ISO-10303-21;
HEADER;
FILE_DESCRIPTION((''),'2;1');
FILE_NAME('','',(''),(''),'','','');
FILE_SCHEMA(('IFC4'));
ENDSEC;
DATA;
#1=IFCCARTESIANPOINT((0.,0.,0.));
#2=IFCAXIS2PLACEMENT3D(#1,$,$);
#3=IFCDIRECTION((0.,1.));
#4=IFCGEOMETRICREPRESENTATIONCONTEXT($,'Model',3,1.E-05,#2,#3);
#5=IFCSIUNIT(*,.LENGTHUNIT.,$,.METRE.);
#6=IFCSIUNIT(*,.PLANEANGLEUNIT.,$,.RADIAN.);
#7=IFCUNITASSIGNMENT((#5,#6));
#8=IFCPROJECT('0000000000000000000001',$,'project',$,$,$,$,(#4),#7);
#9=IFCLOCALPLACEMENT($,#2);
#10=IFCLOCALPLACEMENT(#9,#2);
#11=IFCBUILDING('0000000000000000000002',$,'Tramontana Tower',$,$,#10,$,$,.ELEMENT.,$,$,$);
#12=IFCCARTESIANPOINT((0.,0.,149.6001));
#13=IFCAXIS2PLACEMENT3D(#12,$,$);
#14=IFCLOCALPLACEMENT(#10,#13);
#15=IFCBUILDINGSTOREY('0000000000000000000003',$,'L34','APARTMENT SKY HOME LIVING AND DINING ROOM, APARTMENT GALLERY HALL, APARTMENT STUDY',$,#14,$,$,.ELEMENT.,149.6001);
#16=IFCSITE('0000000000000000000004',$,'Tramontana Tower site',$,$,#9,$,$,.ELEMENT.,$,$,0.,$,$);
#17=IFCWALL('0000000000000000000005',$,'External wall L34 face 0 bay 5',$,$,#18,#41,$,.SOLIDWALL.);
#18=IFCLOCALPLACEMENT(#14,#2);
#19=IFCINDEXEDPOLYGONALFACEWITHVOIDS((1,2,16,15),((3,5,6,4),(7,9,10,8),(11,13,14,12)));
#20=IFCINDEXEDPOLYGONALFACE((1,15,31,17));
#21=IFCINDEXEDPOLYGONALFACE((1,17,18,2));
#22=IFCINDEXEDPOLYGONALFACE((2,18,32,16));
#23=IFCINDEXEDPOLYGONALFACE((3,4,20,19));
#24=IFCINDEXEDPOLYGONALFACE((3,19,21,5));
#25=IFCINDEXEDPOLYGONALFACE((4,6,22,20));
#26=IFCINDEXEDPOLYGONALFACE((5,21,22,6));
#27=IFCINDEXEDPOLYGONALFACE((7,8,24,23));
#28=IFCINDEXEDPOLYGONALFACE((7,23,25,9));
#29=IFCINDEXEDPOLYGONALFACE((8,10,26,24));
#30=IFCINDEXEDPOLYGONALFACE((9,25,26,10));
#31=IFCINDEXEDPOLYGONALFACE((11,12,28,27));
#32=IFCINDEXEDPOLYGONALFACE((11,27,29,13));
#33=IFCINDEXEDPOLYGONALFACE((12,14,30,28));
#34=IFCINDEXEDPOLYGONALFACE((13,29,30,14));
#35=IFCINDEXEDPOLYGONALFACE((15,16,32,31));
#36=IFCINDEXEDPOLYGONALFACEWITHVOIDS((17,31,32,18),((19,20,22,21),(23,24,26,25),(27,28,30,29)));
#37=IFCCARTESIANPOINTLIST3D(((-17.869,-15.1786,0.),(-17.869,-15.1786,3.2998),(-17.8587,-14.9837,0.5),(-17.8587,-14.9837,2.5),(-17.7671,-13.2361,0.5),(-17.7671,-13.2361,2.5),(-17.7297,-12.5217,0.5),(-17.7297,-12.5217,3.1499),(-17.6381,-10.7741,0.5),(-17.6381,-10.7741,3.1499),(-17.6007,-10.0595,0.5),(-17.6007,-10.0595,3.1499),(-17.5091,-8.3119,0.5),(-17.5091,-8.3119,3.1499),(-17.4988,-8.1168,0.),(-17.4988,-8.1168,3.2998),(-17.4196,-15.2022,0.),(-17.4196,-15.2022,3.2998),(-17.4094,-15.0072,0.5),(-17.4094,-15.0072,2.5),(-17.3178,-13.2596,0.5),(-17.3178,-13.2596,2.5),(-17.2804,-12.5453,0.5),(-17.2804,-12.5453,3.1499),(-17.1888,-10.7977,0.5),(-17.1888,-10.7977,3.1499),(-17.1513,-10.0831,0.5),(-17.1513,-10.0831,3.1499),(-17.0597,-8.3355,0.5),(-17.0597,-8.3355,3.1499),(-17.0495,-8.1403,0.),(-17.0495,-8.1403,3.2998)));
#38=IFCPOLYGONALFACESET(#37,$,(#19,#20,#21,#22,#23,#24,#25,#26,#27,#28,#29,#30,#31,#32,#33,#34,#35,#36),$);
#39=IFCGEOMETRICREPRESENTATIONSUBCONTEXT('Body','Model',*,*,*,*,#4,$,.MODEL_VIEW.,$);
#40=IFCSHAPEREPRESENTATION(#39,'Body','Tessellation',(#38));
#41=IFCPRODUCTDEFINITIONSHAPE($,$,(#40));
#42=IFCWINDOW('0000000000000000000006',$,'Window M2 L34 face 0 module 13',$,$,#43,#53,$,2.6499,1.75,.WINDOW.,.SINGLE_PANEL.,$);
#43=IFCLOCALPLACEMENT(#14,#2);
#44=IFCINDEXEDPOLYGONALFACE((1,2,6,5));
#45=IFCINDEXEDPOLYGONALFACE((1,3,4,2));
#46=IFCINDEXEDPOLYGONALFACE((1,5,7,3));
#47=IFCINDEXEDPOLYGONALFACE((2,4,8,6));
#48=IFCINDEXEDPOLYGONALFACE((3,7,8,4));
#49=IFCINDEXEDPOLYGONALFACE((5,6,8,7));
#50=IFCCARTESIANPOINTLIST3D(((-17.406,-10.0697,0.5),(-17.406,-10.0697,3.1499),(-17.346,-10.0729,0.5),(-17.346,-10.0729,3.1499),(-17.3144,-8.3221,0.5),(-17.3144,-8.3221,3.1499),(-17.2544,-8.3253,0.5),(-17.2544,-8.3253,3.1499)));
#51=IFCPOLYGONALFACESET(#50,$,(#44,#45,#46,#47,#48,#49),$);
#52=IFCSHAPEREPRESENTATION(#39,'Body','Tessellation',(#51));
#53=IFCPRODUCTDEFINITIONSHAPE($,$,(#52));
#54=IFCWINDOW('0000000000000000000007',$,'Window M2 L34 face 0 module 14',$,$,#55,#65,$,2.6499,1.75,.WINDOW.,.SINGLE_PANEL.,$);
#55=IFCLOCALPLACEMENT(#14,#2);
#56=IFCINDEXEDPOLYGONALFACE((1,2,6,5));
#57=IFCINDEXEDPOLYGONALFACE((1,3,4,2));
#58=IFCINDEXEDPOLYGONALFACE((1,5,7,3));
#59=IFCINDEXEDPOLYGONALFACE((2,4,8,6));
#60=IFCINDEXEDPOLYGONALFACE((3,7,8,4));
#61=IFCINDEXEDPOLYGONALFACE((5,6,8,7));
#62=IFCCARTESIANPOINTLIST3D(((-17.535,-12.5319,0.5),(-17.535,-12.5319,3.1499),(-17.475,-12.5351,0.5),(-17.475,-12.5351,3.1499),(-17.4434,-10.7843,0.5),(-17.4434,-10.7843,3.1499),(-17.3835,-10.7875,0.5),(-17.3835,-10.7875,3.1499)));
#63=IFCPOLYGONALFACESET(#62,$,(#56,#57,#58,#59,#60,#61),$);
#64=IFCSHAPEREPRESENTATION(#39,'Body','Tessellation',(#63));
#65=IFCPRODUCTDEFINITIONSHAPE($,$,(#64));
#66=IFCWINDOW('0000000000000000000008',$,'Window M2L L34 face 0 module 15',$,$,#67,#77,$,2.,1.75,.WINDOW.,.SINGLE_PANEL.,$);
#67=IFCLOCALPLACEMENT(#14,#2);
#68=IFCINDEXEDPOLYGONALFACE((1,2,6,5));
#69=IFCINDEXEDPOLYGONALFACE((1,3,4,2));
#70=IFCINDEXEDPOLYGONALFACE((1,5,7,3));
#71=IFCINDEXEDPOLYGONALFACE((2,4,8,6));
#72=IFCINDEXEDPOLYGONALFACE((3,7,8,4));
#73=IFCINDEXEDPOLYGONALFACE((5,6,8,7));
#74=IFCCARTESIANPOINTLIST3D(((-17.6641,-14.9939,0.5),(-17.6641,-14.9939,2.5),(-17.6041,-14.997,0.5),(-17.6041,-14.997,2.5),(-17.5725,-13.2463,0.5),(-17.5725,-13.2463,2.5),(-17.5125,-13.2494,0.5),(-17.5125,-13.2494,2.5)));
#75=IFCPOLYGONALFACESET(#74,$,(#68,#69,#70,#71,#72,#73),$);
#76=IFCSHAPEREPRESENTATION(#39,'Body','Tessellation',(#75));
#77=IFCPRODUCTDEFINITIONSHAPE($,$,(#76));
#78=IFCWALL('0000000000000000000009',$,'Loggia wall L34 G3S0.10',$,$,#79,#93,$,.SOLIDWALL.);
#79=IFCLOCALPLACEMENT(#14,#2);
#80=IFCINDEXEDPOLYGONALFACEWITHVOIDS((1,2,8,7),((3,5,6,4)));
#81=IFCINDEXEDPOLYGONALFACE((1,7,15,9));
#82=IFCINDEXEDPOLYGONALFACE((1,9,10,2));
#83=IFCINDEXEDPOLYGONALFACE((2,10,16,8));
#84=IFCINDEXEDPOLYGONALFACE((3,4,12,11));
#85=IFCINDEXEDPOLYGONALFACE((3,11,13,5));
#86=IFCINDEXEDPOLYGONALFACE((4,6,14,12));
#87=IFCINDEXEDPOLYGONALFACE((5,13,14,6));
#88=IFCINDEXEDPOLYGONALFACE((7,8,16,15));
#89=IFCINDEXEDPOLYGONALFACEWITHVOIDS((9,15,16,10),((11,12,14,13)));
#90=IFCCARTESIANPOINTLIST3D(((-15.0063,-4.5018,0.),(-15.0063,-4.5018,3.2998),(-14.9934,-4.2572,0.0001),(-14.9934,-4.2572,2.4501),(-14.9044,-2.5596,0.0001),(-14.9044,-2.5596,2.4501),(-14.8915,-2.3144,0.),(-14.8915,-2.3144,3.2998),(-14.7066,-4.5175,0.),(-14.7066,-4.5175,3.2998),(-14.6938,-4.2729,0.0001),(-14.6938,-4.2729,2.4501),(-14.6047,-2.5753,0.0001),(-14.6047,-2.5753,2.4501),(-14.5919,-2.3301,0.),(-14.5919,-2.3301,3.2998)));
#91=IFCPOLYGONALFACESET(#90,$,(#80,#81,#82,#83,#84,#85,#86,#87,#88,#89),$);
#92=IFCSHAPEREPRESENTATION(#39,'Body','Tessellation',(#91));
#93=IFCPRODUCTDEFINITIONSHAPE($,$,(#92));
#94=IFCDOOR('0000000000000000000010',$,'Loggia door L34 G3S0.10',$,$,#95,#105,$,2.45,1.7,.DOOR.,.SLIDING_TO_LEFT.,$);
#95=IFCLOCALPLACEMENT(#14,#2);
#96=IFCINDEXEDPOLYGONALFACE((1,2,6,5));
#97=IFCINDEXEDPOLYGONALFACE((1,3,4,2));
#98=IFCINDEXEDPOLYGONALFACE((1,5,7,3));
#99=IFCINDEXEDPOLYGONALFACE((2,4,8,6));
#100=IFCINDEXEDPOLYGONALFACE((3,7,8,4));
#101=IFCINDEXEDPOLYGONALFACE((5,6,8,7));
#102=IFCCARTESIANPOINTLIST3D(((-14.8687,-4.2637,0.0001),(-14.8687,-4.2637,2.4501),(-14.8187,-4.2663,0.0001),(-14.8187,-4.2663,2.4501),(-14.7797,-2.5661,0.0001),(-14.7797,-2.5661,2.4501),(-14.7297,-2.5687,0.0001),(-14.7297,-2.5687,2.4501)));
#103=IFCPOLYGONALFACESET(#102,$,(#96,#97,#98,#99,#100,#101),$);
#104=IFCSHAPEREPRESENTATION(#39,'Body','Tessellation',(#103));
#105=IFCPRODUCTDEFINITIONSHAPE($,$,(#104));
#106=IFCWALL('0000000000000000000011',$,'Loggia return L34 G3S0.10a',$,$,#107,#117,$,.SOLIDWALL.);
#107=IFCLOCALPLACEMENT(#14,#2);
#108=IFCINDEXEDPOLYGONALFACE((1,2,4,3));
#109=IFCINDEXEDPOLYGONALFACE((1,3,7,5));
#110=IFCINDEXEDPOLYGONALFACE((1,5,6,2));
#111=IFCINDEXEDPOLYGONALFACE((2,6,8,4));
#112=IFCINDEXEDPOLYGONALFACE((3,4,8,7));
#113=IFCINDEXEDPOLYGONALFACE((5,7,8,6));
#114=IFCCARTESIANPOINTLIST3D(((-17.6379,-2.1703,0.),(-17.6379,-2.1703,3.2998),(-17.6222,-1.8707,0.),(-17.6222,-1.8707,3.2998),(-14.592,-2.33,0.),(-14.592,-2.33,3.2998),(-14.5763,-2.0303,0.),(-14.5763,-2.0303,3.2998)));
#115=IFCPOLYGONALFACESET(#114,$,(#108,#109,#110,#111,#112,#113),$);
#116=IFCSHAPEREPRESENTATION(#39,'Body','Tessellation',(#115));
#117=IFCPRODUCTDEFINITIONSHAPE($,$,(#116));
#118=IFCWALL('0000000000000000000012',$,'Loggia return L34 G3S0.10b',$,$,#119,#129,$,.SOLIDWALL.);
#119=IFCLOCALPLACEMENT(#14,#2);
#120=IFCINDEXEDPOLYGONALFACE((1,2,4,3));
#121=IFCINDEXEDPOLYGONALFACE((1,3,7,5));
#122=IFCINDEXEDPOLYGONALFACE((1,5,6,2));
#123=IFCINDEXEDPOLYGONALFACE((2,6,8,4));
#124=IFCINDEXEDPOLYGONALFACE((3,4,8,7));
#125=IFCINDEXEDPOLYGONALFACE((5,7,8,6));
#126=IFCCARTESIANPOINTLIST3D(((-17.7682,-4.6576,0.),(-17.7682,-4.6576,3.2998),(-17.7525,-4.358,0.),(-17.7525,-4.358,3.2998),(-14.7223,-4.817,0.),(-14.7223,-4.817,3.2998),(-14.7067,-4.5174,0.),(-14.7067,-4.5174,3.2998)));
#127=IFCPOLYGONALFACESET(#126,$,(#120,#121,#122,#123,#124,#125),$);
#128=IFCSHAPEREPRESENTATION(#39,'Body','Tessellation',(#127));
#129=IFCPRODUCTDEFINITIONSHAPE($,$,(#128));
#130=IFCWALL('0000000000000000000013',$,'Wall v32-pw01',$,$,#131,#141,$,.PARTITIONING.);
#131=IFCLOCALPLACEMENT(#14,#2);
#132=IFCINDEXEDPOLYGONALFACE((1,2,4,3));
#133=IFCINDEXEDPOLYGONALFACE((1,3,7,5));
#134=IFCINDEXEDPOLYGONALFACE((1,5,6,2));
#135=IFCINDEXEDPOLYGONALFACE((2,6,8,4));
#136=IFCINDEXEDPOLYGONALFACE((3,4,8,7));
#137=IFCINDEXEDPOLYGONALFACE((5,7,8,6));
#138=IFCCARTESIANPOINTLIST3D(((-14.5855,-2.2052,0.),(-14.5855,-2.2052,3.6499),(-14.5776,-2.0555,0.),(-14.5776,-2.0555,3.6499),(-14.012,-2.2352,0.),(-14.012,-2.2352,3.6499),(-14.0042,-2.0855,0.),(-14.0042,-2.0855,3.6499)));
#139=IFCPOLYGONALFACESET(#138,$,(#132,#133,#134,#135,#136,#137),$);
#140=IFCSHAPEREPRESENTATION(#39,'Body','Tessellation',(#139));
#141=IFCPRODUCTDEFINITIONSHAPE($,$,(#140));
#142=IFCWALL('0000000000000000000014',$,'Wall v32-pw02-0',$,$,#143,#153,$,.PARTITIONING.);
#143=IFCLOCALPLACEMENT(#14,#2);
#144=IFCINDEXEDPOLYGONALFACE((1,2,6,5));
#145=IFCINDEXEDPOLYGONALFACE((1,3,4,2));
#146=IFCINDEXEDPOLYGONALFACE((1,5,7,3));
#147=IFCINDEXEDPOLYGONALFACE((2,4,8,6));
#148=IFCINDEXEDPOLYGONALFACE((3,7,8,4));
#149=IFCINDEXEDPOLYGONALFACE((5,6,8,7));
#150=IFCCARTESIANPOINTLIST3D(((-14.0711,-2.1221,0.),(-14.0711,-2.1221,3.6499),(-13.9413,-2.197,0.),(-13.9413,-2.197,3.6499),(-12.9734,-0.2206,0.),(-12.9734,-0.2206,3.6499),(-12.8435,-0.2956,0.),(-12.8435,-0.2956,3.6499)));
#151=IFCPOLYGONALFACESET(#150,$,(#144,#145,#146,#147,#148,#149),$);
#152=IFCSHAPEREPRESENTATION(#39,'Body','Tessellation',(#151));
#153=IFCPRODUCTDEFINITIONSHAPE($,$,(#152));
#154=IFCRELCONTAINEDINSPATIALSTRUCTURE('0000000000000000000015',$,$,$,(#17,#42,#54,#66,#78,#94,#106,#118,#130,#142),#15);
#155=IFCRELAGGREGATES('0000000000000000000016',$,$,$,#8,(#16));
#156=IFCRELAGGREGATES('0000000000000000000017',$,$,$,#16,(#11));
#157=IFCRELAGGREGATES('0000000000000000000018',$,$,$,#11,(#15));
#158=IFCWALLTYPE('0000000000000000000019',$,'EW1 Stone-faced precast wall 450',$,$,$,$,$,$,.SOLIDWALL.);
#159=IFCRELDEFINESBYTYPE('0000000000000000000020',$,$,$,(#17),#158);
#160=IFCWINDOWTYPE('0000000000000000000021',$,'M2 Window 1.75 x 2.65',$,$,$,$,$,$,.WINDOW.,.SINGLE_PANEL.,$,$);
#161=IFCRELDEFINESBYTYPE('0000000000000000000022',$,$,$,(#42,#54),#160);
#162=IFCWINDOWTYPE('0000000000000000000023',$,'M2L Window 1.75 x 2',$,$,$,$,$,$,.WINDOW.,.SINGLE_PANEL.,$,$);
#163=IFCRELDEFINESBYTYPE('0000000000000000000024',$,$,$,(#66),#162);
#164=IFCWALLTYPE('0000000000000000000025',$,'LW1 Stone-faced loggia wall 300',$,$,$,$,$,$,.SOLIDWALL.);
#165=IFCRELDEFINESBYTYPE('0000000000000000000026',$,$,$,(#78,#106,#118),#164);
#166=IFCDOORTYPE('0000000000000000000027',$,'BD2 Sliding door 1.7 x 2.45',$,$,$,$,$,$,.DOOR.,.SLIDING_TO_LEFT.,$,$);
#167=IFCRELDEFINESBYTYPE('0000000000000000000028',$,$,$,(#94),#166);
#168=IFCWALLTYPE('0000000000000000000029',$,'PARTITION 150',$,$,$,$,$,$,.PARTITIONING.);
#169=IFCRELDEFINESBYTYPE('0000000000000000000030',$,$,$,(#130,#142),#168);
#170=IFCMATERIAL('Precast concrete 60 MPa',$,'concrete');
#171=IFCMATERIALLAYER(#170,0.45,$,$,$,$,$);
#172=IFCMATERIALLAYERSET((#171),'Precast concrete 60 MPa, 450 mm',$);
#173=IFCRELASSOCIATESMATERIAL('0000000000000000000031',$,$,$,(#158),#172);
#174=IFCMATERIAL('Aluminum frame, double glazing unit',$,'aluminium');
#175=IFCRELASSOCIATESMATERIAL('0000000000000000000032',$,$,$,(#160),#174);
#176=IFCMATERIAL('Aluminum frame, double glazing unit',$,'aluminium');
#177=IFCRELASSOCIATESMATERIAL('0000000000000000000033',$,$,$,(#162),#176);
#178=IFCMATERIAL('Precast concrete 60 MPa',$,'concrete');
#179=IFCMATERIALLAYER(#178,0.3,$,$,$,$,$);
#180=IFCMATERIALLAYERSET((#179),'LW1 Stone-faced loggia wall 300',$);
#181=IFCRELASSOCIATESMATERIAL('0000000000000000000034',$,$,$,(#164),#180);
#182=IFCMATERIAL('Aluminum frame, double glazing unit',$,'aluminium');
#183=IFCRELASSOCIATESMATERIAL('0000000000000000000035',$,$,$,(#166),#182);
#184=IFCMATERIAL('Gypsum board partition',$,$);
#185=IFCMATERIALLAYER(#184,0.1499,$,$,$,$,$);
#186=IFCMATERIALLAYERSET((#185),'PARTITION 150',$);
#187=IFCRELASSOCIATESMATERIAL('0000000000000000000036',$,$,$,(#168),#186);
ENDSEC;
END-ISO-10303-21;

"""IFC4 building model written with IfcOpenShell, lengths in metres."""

from ifc_helpers import new_model, si_unit, direction, frame, frame_2d, origin, place, context, subcontext, project, spatial, rectangle, extrude, material, layer, layer_set, type_object, element, fill, save


model = new_model("IFC4")

# Units and contexts
model_context = context("Model", 3, precision=1e-05, world=origin(), true_north=direction((0.0, 1.0)))
body_context = subcontext(model_context, "Body", "Model", "MODEL_VIEW")
ifc_project = project(units=[si_unit("LENGTHUNIT", "METRE"), si_unit("PLANEANGLEUNIT", "RADIAN")], contexts=[model_context])

# Site, building, storey
site_placement = place(None, origin())
site = spatial("IfcSite", under=ifc_project, at=site_placement, Name="Tramontana Tower site", CompositionType="ELEMENT", RefElevation=0.0)
building_placement = place(site_placement, origin())
building = spatial("IfcBuilding", under=site, at=building_placement, Name="Tramontana Tower", CompositionType="ELEMENT")
storey_placement = place(building_placement, frame((0.0, 0.0, 149.6001)))
storey = spatial("IfcBuildingStorey", under=building, at=storey_placement, Name="L34", Description="APARTMENT SKY HOME LIVING AND DINING ROOM, APARTMENT GALLERY HALL, APARTMENT STUDY", CompositionType="ELEMENT", Elevation=149.6001)

# Shared definitions
ifc_material_1 = material(Name="Precast concrete 60 MPa", Category="concrete")
ifc_layer_1 = layer(ifc_material_1, 0.45)
ifc_layer_set_1 = layer_set([ifc_layer_1], Name="Precast concrete 60 MPa, 450 mm")
wall_type_1 = type_object("IfcWallType", Name="EW1 Stone-faced precast wall 450", PredefinedType="SOLIDWALL", material=ifc_layer_set_1)
ifc_material_2 = material(Name="Aluminum frame, double glazing unit", Category="aluminium")
window_type_1 = type_object("IfcWindowType", Name="M2 Window 1.75 x 2.65", PartitioningType="SINGLE_PANEL", PredefinedType="WINDOW", material=ifc_material_2)

# Wall, openings, windows
wall_1_placement = place(storey_placement, frame((-17.2742, -8.1287, 0.0), z_axis=(0.0, 0.0, 1.0), x_axis=(-0.05234, -0.998629, 0.0)))
wall_1 = element("IfcWall", 1, at=wall_1_placement, inside=storey, type_object=wall_type_1, Name="External wall L34 face 0 bay 5", PredefinedType="SOLIDWALL", context=body_context, shape_type="SweptSolid", body=[
    extrude(rectangle(XDim=7.0715, YDim=0.45, at=frame_2d((3.5356, 0.0))), origin(), (0.0, 0.0, 1.0), 3.2998),
])
opening_1_placement = place(wall_1_placement, frame((0.1953, 0.0, 0.5)))
opening_1 = element("IfcOpeningElement", 2, at=opening_1_placement, cuts=wall_1, PredefinedType="OPENING", context=body_context, shape_type="SweptSolid", body=[
    extrude(rectangle(XDim=1.75, YDim=2.6499, at=frame_2d((0.875, 1.325))), frame((0.0, 0.2349, 0.0), z_axis=(0.0, -1.0, 0.0), x_axis=(1.0, 0.0, 0.0)), (0.0, 0.0, 1.0), 0.47),
])
opening_2_placement = place(wall_1_placement, frame((2.6609, 0.0, 0.5)))
opening_2 = element("IfcOpeningElement", 3, at=opening_2_placement, cuts=wall_1, PredefinedType="OPENING", context=body_context, shape_type="SweptSolid", body=[
    extrude(rectangle(XDim=1.75, YDim=2.6499, at=frame_2d((0.875, 1.325))), frame((0.0, 0.2349, 0.0), z_axis=(0.0, -1.0, 0.0), x_axis=(1.0, 0.0, 0.0)), (0.0, 0.0, 1.0), 0.47),
])
opening_3_placement = place(wall_1_placement, frame((5.1262, 0.0, 0.5)))
opening_3 = element("IfcOpeningElement", 4, at=opening_3_placement, cuts=wall_1, PredefinedType="OPENING", context=body_context, shape_type="SweptSolid", body=[
    extrude(rectangle(XDim=1.75, YDim=2.0, at=frame_2d((0.875, 1.0))), frame((0.0, 0.2349, 0.0), z_axis=(0.0, -1.0, 0.0), x_axis=(1.0, 0.0, 0.0)), (0.0, 0.0, 1.0), 0.47),
])
window_1_placement = place(opening_1_placement, origin())
window_1 = element("IfcWindow", 5, at=window_1_placement, inside=storey, type_object=window_type_1, Name="Window M2 L34 face 0 module 13", OverallHeight=2.6499, OverallWidth=1.75, PartitioningType="SINGLE_PANEL", PredefinedType="WINDOW", context=body_context, shape_type="SweptSolid", body=[
    extrude(rectangle(XDim=1.75, YDim=2.6499, at=frame_2d((0.875, 1.325))), frame((0.0, 0.03, 0.0), z_axis=(0.0, -1.0, 0.0), x_axis=(1.0, 0.0, 0.0)), (0.0, 0.0, 1.0), 0.0601),
])
fill(opening_1, window_1)
window_2_placement = place(opening_2_placement, origin())
window_2 = element("IfcWindow", 6, at=window_2_placement, inside=storey, type_object=window_type_1, Name="Window M2 L34 face 0 module 14", OverallHeight=2.6499, OverallWidth=1.75, PartitioningType="SINGLE_PANEL", PredefinedType="WINDOW", context=body_context, shape_type="SweptSolid", body=[
    extrude(rectangle(XDim=1.75, YDim=2.6499, at=frame_2d((0.875, 1.325))), frame((0.0, 0.03, 0.0), z_axis=(0.0, -1.0, 0.0), x_axis=(1.0, 0.0, 0.0)), (0.0, 0.0, 1.0), 0.0601),
])
fill(opening_2, window_2)
ifc_material_3 = material(Name="Aluminum frame, double glazing unit", Category="aluminium")
window_type_2 = type_object("IfcWindowType", Name="M2L Window 1.75 x 2", PartitioningType="SINGLE_PANEL", PredefinedType="WINDOW", material=ifc_material_3)
window_3_placement = place(opening_3_placement, origin())
window_3 = element("IfcWindow", 7, at=window_3_placement, inside=storey, type_object=window_type_2, Name="Window M2L L34 face 0 module 15", OverallHeight=2.0, OverallWidth=1.75, PartitioningType="SINGLE_PANEL", PredefinedType="WINDOW", context=body_context, shape_type="SweptSolid", body=[
    extrude(rectangle(XDim=1.75, YDim=2.0, at=frame_2d((0.875, 1.0))), frame((0.0, 0.03, 0.0), z_axis=(0.0, -1.0, 0.0), x_axis=(1.0, 0.0, 0.0)), (0.0, 0.0, 1.0), 0.0601),
])
fill(opening_3, window_3)

# Wall, opening, door
ifc_material_4 = material(Name="Precast concrete 60 MPa", Category="concrete")
ifc_layer_2 = layer(ifc_material_4, 0.3)
ifc_layer_set_2 = layer_set([ifc_layer_2], Name="LW1 Stone-faced loggia wall 300")
wall_type_2 = type_object("IfcWallType", Name="LW1 Stone-faced loggia wall 300", PredefinedType="SOLIDWALL", material=ifc_layer_set_2)
wall_2_placement = place(storey_placement, frame((-14.7417, -2.3223, 0.0), z_axis=(0.0, 0.0, 1.0), x_axis=(-0.052383, -0.998627, 0.0)))
wall_2 = element("IfcWall", 8, at=wall_2_placement, inside=storey, type_object=wall_type_2, Name="Loggia wall L34 G3S0.10", PredefinedType="SOLIDWALL", context=body_context, shape_type="SweptSolid", body=[
    extrude(rectangle(XDim=2.1904, YDim=0.3, at=frame_2d((1.0952, 0.0))), origin(), (0.0, 0.0, 1.0), 3.2998),
])
opening_4_placement = place(wall_2_placement, frame((0.2454, 0.0, 0.0)))
opening_4 = element("IfcOpeningElement", 9, at=opening_4_placement, cuts=wall_2, PredefinedType="OPENING", context=body_context, shape_type="SweptSolid", body=[
    extrude(rectangle(XDim=1.7, YDim=2.45, at=frame_2d((0.8501, 1.2251))), frame((0.0, 0.1599, 0.0), z_axis=(0.0, -1.0, 0.0), x_axis=(1.0, 0.0, 0.0)), (0.0, 0.0, 1.0), 0.3201),
])
ifc_material_5 = material(Name="Aluminum frame, double glazing unit", Category="aluminium")
door_type_1 = type_object("IfcDoorType", Name="BD2 Sliding door 1.7 x 2.45", OperationType="SLIDING_TO_LEFT", PredefinedType="DOOR", material=ifc_material_5)
door_1_placement = place(opening_4_placement, origin())
door_1 = element("IfcDoor", 10, at=door_1_placement, inside=storey, type_object=door_type_1, Name="Loggia door L34 G3S0.10", OperationType="SLIDING_TO_LEFT", OverallHeight=2.45, OverallWidth=1.7, PredefinedType="DOOR", context=body_context, shape_type="SweptSolid", body=[
    extrude(rectangle(XDim=1.7, YDim=2.45, at=frame_2d((0.8501, 1.2251))), frame((0.0, 0.0249, 0.0), z_axis=(0.0, -1.0, 0.0), x_axis=(1.0, 0.0, 0.0)), (0.0, 0.0, 1.0), 0.05),
])
fill(opening_4, door_1)

# Walls
for number, where, z_axis, x_axis, name in (
    (11, (-17.6299, -2.0205, 0.0), (0.0, 0.0, 1.0), (0.998629, -0.052349, 0.0), "Loggia return L34 G3S0.10a"),
    (12, (-17.7603, -4.5078, 0.0), (0.0, 0.0, 1.0), (0.998633, -0.052269, 0.0), "Loggia return L34 G3S0.10b"),
):
    element("IfcWall", number, at=place(storey_placement, frame(where, z_axis=z_axis, x_axis=x_axis)), inside=storey, type_object=wall_type_2, Name=name, PredefinedType="SOLIDWALL", context=body_context, shape_type="SweptSolid", body=[
        extrude(rectangle(XDim=3.05, YDim=0.3, at=frame_2d((1.5249, 0.0))), origin(), (0.0, 0.0, 1.0), 3.2998),
    ])
ifc_material_6 = material(Name="Gypsum board partition")
ifc_layer_3 = layer(ifc_material_6, 0.1499)
ifc_layer_set_3 = layer_set([ifc_layer_3], Name="PARTITION 150")
wall_type_3 = type_object("IfcWallType", Name="PARTITION 150", PredefinedType="PARTITIONING", material=ifc_layer_set_3)
wall_3_placement = place(storey_placement, frame((-14.5815, -2.1304, 0.0), z_axis=(0.0, 0.0, 1.0), x_axis=(0.998632, -0.052291, 0.0)))
element("IfcWall", 13, at=wall_3_placement, inside=storey, type_object=wall_type_3, Name="Wall v32-pw01", PredefinedType="PARTITIONING", context=body_context, shape_type="SweptSolid", body=[
    extrude(rectangle(XDim=0.5742, YDim=0.1499, at=frame_2d((0.2871, 0.0))), origin(), (0.0, 0.0, 1.0), 3.6499),
])
wall_4_placement = place(storey_placement, frame((-14.0061, -2.1594, 0.0), z_axis=(0.0, 0.0, 1.0), x_axis=(0.499966, 0.866045, 0.0)))
element("IfcWall", 14, at=wall_4_placement, inside=storey, type_object=wall_type_3, Name="Wall v32-pw02-0", PredefinedType="PARTITIONING", context=body_context, shape_type="SweptSolid", body=[
    extrude(rectangle(XDim=2.1956, YDim=0.1499, at=frame_2d((1.0977, 0.0))), origin(), (0.0, 0.0, 1.0), 3.6499),
])

save(model, "model.ifc")
